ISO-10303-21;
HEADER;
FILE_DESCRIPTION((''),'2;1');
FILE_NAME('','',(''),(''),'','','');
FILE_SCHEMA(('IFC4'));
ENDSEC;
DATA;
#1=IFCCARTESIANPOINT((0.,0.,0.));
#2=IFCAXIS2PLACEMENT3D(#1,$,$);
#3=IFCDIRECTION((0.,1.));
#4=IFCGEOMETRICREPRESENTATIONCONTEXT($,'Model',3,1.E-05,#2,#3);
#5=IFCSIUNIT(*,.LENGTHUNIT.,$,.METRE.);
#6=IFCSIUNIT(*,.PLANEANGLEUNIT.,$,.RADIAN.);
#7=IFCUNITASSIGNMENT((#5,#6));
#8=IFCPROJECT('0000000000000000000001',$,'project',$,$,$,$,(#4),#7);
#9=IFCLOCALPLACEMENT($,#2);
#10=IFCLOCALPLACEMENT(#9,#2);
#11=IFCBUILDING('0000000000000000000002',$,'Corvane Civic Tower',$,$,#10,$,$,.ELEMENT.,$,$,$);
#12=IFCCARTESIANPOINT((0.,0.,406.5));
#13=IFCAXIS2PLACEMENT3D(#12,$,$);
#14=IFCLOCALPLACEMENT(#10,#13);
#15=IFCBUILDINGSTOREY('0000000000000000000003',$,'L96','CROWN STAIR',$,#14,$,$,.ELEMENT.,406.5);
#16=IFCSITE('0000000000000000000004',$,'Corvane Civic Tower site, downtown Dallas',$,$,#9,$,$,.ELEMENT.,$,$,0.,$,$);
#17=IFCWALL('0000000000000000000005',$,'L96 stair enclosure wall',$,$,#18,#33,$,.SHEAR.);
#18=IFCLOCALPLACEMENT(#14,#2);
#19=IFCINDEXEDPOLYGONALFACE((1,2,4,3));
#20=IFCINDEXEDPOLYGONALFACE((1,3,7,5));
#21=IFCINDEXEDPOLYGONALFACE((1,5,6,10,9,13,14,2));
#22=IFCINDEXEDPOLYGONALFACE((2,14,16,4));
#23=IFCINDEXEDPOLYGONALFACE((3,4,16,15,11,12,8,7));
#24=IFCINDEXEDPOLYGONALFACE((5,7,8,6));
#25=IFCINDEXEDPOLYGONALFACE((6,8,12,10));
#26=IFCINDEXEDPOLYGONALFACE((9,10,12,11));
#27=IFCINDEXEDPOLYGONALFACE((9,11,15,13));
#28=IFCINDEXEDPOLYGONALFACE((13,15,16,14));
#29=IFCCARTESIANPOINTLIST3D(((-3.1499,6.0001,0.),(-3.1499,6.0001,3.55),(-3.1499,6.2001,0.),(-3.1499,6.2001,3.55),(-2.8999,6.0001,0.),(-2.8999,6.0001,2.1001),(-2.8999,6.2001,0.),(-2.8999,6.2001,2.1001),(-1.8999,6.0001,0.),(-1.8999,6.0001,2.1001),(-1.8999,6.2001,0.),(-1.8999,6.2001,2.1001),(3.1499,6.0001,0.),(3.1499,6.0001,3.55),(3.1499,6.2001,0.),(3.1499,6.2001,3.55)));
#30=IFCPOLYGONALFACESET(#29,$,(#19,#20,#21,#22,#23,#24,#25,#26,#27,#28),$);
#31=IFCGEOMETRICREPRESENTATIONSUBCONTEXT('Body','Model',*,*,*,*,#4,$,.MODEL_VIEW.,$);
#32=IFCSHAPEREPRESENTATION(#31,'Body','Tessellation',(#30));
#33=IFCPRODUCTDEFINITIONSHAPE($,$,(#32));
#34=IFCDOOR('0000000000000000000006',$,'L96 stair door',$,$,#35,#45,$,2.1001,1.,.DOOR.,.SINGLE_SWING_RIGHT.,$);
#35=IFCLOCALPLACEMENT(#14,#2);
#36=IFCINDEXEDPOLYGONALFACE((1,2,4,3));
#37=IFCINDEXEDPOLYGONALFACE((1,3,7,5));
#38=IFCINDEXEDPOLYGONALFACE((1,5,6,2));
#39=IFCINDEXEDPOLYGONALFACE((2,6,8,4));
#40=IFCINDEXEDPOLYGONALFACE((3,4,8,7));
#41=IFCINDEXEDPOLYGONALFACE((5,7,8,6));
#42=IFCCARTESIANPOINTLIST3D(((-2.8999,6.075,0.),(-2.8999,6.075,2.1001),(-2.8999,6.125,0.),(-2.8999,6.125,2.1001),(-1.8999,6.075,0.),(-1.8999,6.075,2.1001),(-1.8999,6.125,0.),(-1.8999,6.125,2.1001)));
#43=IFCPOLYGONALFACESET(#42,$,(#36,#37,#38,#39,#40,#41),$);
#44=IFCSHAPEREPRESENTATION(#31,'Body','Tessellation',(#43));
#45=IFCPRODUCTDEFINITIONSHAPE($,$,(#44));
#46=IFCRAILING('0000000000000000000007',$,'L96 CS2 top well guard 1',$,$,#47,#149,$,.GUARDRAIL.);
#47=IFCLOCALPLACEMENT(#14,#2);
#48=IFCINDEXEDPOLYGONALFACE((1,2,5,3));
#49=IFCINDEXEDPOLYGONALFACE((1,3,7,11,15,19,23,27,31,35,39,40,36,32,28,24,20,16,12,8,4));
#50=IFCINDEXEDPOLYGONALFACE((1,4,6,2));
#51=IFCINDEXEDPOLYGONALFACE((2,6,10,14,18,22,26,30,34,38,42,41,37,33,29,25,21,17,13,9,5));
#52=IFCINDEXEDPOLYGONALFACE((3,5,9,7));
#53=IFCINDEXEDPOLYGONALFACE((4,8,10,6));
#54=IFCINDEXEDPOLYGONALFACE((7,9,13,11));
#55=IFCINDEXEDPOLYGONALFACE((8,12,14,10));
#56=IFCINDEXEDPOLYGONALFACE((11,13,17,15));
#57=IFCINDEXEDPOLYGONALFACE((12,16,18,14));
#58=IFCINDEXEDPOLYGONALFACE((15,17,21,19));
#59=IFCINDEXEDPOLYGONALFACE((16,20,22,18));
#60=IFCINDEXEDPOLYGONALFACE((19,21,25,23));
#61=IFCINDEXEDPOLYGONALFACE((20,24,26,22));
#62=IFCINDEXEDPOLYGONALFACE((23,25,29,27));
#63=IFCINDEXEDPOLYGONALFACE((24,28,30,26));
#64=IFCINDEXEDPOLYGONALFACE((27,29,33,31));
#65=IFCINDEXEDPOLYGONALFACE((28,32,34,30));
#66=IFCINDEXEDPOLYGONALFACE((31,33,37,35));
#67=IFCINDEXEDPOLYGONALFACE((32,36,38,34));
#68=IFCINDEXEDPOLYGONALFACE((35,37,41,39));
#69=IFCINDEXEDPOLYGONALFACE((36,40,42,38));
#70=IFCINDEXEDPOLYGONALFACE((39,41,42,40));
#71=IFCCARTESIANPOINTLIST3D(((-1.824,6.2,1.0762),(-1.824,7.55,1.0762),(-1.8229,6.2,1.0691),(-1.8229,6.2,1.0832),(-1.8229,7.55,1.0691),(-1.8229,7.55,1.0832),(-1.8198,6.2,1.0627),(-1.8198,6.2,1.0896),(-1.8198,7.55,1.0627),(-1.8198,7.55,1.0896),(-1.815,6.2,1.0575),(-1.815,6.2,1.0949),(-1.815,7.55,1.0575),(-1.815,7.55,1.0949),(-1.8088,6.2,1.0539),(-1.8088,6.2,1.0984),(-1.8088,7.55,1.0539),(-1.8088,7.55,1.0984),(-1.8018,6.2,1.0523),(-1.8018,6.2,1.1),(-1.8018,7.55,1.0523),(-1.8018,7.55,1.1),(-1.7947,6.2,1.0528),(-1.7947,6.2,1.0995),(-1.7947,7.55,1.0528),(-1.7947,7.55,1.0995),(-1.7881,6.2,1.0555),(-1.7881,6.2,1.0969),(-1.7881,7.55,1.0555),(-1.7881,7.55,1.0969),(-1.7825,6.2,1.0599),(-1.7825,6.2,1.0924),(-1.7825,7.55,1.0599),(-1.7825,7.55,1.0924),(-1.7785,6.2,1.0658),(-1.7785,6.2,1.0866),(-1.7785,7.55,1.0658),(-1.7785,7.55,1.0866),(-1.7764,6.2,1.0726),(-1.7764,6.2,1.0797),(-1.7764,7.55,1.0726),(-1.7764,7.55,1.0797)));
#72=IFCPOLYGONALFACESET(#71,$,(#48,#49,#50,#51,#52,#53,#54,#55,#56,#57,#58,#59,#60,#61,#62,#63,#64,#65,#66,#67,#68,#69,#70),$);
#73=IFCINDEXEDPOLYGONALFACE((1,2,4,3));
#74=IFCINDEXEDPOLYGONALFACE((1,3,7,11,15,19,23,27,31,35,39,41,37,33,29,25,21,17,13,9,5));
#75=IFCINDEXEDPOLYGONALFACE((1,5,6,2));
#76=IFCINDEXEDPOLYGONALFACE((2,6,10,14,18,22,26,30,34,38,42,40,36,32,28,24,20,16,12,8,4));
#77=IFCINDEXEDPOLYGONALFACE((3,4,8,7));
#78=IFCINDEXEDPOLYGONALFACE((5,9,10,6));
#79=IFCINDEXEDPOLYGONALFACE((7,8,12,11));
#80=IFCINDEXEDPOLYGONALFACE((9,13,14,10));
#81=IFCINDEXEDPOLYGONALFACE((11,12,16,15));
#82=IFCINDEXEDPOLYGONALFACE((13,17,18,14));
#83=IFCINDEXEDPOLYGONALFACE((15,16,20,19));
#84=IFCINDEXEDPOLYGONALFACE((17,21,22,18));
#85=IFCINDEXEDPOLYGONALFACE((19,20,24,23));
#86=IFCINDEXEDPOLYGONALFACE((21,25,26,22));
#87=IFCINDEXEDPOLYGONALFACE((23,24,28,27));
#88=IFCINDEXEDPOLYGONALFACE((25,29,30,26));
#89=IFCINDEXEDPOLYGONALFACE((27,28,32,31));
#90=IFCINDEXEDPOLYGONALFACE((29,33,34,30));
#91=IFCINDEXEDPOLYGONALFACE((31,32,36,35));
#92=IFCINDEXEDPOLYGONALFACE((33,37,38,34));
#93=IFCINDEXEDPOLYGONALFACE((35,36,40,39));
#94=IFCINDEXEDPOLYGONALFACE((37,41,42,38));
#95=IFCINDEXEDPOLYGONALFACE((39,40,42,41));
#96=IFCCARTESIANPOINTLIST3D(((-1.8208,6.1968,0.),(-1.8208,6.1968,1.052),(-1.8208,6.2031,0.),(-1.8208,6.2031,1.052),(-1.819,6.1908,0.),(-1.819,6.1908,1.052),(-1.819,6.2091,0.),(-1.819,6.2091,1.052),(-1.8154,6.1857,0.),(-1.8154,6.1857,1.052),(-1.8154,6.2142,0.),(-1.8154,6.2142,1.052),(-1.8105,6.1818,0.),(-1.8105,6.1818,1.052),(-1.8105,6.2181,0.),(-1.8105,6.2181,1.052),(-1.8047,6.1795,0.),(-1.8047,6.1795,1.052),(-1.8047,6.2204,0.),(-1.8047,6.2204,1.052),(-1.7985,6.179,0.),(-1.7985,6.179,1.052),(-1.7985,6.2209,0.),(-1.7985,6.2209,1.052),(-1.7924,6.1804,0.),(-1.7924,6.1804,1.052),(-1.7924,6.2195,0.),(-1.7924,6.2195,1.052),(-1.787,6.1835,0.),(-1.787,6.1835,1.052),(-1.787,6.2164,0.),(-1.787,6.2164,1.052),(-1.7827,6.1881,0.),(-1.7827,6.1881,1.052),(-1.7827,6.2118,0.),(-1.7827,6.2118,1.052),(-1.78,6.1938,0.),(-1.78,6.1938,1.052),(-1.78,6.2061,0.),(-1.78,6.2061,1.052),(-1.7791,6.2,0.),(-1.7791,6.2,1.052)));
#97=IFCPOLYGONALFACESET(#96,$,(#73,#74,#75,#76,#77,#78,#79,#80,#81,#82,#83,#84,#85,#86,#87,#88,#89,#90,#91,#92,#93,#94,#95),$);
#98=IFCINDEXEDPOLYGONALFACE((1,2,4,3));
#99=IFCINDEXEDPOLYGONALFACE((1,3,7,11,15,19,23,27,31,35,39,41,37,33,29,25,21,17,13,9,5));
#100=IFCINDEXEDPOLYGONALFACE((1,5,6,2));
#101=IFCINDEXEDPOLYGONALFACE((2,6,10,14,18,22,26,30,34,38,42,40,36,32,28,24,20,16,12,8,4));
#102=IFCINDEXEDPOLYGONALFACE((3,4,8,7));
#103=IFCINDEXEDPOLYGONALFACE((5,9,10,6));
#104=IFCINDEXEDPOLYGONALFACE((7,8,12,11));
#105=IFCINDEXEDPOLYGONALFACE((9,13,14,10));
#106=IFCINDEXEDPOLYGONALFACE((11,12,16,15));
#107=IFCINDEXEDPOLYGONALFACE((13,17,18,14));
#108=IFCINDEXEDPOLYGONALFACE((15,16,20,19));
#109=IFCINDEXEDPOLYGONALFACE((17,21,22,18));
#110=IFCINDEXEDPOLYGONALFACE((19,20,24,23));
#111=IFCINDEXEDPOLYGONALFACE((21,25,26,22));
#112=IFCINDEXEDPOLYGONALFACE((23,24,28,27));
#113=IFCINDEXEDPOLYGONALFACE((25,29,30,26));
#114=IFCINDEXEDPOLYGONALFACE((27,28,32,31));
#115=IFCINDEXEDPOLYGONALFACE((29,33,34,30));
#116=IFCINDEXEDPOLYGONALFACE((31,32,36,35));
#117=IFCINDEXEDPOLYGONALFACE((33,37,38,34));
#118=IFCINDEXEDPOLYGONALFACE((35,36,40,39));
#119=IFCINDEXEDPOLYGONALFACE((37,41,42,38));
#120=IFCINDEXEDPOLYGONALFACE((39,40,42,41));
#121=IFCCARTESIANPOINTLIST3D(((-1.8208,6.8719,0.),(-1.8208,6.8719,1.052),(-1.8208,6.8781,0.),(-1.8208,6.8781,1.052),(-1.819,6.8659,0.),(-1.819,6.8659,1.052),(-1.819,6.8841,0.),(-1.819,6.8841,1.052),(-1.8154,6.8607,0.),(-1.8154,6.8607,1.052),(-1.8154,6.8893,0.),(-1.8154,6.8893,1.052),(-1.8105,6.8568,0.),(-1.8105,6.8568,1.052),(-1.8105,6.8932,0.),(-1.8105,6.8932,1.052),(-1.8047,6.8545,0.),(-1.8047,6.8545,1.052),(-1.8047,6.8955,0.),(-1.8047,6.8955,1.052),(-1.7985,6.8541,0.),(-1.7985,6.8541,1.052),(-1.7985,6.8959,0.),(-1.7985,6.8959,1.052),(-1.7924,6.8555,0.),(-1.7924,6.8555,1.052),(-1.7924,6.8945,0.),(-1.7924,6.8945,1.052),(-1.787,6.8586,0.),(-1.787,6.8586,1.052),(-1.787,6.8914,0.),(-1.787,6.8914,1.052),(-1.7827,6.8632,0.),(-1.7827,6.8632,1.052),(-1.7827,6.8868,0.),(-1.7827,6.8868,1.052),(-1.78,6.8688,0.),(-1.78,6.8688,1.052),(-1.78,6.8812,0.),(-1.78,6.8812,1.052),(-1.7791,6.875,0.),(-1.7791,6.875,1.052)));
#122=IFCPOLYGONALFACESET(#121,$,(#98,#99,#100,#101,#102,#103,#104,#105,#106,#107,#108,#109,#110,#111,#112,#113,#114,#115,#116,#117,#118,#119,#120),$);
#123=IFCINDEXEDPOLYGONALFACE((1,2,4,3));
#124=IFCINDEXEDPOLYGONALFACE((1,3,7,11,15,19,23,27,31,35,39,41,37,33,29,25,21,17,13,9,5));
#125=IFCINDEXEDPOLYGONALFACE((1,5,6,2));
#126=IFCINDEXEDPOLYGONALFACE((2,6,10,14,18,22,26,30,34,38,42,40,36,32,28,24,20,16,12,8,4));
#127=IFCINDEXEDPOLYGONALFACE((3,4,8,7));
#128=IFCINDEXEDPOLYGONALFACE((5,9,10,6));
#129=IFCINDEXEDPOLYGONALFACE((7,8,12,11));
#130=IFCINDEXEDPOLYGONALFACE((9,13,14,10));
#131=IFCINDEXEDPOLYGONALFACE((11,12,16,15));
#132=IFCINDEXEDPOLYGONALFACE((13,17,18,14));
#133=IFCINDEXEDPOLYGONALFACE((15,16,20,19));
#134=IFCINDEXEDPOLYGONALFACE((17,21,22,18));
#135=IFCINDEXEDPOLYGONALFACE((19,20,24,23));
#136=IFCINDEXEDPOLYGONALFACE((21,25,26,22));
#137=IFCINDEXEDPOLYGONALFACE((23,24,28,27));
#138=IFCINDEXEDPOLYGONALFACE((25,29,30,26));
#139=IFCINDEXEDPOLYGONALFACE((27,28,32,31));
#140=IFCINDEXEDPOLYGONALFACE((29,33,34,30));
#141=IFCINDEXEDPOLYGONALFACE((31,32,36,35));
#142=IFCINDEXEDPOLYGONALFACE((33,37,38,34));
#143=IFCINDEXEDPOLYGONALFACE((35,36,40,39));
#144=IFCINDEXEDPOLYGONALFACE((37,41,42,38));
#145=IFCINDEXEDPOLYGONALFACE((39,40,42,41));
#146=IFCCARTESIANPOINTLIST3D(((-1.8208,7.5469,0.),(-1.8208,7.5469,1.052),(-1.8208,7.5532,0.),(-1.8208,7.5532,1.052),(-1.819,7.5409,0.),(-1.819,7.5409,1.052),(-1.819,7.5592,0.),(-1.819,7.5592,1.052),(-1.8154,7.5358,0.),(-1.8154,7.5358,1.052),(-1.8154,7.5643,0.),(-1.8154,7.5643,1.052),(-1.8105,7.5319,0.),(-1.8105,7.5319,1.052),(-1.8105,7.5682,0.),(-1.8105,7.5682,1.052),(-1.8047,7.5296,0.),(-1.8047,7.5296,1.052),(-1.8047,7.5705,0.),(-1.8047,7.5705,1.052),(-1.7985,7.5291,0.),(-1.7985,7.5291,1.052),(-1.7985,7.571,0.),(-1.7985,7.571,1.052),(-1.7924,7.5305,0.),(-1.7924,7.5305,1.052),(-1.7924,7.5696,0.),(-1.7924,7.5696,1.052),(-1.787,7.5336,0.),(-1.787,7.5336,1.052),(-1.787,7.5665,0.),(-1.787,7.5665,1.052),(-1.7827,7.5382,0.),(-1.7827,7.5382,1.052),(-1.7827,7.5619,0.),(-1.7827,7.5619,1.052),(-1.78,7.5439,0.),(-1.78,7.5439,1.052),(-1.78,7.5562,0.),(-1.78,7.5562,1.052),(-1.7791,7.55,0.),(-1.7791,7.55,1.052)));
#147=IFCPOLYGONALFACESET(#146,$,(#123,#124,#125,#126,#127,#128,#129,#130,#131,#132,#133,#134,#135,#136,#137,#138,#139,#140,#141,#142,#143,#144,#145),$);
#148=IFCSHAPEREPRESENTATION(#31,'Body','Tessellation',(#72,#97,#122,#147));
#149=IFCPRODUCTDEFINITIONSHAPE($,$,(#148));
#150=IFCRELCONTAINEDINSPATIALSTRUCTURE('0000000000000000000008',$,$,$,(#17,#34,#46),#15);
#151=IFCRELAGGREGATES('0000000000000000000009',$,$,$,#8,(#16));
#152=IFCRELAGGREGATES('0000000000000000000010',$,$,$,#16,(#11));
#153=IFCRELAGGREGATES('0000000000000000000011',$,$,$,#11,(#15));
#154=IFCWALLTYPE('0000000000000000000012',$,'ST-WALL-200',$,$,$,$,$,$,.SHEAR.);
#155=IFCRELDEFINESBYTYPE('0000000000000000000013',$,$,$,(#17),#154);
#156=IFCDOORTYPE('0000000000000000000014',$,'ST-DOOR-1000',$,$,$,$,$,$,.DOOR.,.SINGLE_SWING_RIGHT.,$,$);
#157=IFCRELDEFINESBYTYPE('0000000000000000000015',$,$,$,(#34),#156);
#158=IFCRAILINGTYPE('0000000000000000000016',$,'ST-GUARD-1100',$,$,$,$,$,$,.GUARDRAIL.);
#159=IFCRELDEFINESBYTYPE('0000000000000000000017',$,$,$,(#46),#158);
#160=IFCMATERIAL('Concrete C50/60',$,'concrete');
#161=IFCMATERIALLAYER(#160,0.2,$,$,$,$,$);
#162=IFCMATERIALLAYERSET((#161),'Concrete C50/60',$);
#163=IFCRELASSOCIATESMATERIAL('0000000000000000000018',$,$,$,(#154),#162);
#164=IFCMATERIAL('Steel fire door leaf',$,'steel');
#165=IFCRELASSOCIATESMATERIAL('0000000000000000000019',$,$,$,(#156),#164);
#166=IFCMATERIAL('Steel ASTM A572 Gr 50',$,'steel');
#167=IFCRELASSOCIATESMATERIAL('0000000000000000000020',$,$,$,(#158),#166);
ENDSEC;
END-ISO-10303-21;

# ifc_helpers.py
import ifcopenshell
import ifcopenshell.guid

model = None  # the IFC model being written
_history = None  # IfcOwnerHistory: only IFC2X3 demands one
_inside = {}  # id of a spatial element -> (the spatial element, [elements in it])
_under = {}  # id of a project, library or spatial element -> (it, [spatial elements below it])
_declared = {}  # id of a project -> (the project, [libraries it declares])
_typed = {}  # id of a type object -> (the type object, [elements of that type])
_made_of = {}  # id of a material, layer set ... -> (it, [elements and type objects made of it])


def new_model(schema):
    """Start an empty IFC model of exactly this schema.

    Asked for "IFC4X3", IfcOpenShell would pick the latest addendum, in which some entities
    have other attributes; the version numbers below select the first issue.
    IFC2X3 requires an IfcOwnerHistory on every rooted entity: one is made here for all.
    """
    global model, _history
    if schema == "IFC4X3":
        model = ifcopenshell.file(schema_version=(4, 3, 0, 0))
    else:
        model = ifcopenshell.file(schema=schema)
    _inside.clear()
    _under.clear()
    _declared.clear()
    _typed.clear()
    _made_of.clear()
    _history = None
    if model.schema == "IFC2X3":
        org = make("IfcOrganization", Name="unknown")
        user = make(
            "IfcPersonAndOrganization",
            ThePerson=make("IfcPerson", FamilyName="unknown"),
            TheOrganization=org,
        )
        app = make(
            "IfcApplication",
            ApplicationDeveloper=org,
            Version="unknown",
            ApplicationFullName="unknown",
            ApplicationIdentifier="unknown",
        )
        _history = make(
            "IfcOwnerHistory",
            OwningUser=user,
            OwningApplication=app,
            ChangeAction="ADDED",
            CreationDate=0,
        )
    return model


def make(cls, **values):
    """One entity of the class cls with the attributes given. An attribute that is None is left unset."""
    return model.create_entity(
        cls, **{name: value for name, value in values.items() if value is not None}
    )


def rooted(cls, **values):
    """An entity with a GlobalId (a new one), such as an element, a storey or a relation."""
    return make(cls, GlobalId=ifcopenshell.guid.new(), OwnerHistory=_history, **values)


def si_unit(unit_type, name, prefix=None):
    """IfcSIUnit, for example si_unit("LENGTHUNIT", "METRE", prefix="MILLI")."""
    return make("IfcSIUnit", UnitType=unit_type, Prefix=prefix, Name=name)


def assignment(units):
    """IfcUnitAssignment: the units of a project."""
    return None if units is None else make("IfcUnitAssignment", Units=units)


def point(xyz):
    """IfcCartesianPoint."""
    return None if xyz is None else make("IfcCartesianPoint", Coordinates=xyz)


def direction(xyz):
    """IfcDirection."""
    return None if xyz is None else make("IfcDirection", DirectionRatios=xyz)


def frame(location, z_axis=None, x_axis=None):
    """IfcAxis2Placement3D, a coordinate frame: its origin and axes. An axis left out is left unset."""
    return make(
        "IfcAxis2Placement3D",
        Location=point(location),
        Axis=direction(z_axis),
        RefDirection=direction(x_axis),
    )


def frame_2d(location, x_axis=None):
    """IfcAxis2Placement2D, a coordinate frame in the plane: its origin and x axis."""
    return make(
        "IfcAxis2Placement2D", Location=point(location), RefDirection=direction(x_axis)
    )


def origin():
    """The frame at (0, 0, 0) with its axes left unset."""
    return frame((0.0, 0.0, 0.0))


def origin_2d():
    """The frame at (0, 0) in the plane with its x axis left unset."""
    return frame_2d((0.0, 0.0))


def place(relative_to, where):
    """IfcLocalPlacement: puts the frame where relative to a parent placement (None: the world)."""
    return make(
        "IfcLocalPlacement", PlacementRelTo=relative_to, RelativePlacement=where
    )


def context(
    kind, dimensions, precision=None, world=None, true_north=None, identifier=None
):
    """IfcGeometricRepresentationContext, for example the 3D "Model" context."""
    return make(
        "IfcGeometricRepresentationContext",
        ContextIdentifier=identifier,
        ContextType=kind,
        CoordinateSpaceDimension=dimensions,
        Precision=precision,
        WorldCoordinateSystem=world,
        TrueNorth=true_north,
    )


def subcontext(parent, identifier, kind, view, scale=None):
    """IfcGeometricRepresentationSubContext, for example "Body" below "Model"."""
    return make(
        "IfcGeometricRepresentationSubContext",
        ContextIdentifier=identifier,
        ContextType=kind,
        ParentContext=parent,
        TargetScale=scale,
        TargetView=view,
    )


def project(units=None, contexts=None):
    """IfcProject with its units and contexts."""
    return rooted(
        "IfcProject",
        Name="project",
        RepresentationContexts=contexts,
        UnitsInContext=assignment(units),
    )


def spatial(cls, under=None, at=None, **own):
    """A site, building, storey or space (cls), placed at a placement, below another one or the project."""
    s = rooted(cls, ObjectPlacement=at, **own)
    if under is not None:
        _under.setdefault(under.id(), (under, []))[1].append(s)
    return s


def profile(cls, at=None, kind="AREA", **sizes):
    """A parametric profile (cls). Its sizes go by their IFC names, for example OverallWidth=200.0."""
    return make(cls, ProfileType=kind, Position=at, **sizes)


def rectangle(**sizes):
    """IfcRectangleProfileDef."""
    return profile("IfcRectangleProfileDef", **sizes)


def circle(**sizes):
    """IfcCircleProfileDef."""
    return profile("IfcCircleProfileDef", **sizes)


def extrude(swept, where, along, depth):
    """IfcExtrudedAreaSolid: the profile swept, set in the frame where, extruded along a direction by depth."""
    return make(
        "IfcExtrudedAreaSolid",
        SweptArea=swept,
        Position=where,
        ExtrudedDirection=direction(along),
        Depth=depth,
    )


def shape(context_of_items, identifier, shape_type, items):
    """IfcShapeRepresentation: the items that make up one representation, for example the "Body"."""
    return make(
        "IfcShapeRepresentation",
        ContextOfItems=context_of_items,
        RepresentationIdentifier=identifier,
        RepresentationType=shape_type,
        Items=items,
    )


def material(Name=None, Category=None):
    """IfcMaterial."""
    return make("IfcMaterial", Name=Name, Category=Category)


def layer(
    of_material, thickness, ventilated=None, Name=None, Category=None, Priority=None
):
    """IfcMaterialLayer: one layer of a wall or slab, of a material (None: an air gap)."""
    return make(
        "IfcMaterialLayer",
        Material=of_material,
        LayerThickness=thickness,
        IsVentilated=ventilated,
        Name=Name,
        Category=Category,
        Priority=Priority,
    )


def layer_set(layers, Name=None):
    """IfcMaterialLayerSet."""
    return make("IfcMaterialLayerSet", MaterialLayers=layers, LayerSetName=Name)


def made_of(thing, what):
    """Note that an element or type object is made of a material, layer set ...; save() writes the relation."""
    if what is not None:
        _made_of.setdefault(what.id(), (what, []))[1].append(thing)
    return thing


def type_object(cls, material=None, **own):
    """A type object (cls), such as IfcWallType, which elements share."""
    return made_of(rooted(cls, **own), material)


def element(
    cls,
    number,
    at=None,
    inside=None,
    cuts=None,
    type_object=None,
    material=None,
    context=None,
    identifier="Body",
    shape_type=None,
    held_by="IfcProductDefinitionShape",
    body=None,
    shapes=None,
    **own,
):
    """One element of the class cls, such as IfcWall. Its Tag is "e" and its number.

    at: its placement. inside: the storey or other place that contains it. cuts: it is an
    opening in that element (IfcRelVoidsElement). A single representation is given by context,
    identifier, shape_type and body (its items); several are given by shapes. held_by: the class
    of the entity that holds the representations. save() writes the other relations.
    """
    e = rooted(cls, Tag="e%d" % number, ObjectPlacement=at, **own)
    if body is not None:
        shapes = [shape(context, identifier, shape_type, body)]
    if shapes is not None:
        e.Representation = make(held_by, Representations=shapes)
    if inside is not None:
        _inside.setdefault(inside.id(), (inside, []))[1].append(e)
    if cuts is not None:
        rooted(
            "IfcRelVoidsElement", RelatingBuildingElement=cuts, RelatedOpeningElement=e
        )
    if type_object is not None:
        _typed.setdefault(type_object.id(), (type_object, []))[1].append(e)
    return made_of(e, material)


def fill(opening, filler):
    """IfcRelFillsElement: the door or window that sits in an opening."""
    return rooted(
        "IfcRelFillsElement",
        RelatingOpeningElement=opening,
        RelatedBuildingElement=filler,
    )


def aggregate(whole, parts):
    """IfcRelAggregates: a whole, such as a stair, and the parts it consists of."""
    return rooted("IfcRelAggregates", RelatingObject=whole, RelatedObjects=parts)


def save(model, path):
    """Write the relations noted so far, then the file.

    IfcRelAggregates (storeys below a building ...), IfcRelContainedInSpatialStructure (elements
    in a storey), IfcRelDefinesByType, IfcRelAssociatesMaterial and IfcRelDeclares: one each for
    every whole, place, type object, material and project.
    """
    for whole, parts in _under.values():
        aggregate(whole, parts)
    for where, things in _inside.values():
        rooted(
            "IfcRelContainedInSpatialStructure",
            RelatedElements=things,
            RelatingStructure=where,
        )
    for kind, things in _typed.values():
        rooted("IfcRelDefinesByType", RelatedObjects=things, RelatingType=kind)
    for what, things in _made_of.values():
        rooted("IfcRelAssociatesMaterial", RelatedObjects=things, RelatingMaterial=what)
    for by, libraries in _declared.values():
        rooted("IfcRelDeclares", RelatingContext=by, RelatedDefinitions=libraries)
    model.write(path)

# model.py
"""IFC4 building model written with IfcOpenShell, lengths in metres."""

from ifc_helpers import new_model, si_unit, direction, frame, frame_2d, origin, origin_2d, place, context, subcontext, project, spatial, rectangle, circle, extrude, material, layer, layer_set, type_object, element, fill, save


model = new_model("IFC4")

# Units and contexts
model_context = context("Model", 3, precision=1e-05, world=origin(), true_north=direction((0.0, 1.0)))
body_context = subcontext(model_context, "Body", "Model", "MODEL_VIEW")
ifc_project = project(units=[si_unit("LENGTHUNIT", "METRE"), si_unit("PLANEANGLEUNIT", "RADIAN")], contexts=[model_context])

# Site, building, storey
site_placement = place(None, origin())
site = spatial("IfcSite", under=ifc_project, at=site_placement, Name="Corvane Civic Tower site, downtown Dallas", CompositionType="ELEMENT", RefElevation=0.0)
building_placement = place(site_placement, origin())
building = spatial("IfcBuilding", under=site, at=building_placement, Name="Corvane Civic Tower", CompositionType="ELEMENT")
storey_placement = place(building_placement, frame((0.0, 0.0, 406.5)))
storey = spatial("IfcBuildingStorey", under=building, at=storey_placement, Name="L96", Description="CROWN STAIR", CompositionType="ELEMENT", Elevation=406.5)

# Wall, opening, door
ifc_material_1 = material(Name="Concrete C50/60", Category="concrete")
ifc_layer_1 = layer(ifc_material_1, 0.2)
ifc_layer_set_1 = layer_set([ifc_layer_1], Name="Concrete C50/60")
wall_type_1 = type_object("IfcWallType", Name="ST-WALL-200", PredefinedType="SHEAR", material=ifc_layer_set_1)
wall_1_placement = place(storey_placement, frame((-3.1499, 6.1001, 0.0), z_axis=(0.0, 0.0, 1.0), x_axis=(1.0, 0.0, 0.0)))
wall_1 = element("IfcWall", 1, at=wall_1_placement, inside=storey, type_object=wall_type_1, Name="L96 stair enclosure wall", PredefinedType="SHEAR", context=body_context, shape_type="SweptSolid", body=[
    extrude(rectangle(XDim=6.2998, YDim=0.2, at=frame_2d((3.1499, 0.0))), origin(), (0.0, 0.0, 1.0), 3.55),
])
opening_1_placement = place(wall_1_placement, frame((0.25, 0.0, 0.0)))
opening_1 = element("IfcOpeningElement", 2, at=opening_1_placement, cuts=wall_1, PredefinedType="OPENING", context=body_context, shape_type="SweptSolid", body=[
    extrude(rectangle(XDim=1.0, YDim=2.1001, at=frame_2d((0.5, 1.05))), frame((0.0, 0.1099, 0.0), z_axis=(0.0, -1.0, 0.0), x_axis=(1.0, 0.0, 0.0)), (0.0, 0.0, 1.0), 0.22),
])
ifc_material_2 = material(Name="Steel fire door leaf", Category="steel")
door_type_1 = type_object("IfcDoorType", Name="ST-DOOR-1000", OperationType="SINGLE_SWING_RIGHT", PredefinedType="DOOR", material=ifc_material_2)
door_1_placement = place(opening_1_placement, origin())
door_1 = element("IfcDoor", 3, at=door_1_placement, inside=storey, type_object=door_type_1, Name="L96 stair door", OperationType="SINGLE_SWING_RIGHT", OverallHeight=2.1001, OverallWidth=1.0, PredefinedType="DOOR", context=body_context, shape_type="SweptSolid", body=[
    extrude(rectangle(XDim=1.0, YDim=2.1001, at=frame_2d((0.5, 1.05))), frame((0.0, 0.0249, 0.0), z_axis=(0.0, -1.0, 0.0), x_axis=(1.0, 0.0, 0.0)), (0.0, 0.0, 1.0), 0.05),
])
fill(opening_1, door_1)

# Railing
ifc_material_3 = material(Name="Steel ASTM A572 Gr 50", Category="steel")
railing_type = type_object("IfcRailingType", Name="ST-GUARD-1100", PredefinedType="GUARDRAIL", material=ifc_material_3)
railing_placement = place(storey_placement, frame((-1.8, 6.2, 0.0)))
element("IfcRailing", 4, at=railing_placement, inside=storey, type_object=railing_type, Name="L96 CS2 top well guard 1", PredefinedType="GUARDRAIL", context=body_context, shape_type="SweptSolid", body=[
    extrude(circle(Radius=0.0239, at=origin_2d()), frame((0.0, 0.0, 1.0762), z_axis=(0.0, 1.0, 0.0), x_axis=(-1.0, 0.0, 0.0)), (0.0, 0.0, 1.0), 1.3501),
    extrude(circle(Radius=0.021, at=origin_2d()), origin(), (0.0, 0.0, 1.0), 1.052),
    extrude(circle(Radius=0.021, at=origin_2d()), frame((0.0, 0.675, 0.0)), (0.0, 0.0, 1.0), 1.052),
    extrude(circle(Radius=0.021, at=origin_2d()), frame((0.0, 1.3501, 0.0)), (0.0, 0.0, 1.0), 1.052),
])

save(model, "model.ifc")
